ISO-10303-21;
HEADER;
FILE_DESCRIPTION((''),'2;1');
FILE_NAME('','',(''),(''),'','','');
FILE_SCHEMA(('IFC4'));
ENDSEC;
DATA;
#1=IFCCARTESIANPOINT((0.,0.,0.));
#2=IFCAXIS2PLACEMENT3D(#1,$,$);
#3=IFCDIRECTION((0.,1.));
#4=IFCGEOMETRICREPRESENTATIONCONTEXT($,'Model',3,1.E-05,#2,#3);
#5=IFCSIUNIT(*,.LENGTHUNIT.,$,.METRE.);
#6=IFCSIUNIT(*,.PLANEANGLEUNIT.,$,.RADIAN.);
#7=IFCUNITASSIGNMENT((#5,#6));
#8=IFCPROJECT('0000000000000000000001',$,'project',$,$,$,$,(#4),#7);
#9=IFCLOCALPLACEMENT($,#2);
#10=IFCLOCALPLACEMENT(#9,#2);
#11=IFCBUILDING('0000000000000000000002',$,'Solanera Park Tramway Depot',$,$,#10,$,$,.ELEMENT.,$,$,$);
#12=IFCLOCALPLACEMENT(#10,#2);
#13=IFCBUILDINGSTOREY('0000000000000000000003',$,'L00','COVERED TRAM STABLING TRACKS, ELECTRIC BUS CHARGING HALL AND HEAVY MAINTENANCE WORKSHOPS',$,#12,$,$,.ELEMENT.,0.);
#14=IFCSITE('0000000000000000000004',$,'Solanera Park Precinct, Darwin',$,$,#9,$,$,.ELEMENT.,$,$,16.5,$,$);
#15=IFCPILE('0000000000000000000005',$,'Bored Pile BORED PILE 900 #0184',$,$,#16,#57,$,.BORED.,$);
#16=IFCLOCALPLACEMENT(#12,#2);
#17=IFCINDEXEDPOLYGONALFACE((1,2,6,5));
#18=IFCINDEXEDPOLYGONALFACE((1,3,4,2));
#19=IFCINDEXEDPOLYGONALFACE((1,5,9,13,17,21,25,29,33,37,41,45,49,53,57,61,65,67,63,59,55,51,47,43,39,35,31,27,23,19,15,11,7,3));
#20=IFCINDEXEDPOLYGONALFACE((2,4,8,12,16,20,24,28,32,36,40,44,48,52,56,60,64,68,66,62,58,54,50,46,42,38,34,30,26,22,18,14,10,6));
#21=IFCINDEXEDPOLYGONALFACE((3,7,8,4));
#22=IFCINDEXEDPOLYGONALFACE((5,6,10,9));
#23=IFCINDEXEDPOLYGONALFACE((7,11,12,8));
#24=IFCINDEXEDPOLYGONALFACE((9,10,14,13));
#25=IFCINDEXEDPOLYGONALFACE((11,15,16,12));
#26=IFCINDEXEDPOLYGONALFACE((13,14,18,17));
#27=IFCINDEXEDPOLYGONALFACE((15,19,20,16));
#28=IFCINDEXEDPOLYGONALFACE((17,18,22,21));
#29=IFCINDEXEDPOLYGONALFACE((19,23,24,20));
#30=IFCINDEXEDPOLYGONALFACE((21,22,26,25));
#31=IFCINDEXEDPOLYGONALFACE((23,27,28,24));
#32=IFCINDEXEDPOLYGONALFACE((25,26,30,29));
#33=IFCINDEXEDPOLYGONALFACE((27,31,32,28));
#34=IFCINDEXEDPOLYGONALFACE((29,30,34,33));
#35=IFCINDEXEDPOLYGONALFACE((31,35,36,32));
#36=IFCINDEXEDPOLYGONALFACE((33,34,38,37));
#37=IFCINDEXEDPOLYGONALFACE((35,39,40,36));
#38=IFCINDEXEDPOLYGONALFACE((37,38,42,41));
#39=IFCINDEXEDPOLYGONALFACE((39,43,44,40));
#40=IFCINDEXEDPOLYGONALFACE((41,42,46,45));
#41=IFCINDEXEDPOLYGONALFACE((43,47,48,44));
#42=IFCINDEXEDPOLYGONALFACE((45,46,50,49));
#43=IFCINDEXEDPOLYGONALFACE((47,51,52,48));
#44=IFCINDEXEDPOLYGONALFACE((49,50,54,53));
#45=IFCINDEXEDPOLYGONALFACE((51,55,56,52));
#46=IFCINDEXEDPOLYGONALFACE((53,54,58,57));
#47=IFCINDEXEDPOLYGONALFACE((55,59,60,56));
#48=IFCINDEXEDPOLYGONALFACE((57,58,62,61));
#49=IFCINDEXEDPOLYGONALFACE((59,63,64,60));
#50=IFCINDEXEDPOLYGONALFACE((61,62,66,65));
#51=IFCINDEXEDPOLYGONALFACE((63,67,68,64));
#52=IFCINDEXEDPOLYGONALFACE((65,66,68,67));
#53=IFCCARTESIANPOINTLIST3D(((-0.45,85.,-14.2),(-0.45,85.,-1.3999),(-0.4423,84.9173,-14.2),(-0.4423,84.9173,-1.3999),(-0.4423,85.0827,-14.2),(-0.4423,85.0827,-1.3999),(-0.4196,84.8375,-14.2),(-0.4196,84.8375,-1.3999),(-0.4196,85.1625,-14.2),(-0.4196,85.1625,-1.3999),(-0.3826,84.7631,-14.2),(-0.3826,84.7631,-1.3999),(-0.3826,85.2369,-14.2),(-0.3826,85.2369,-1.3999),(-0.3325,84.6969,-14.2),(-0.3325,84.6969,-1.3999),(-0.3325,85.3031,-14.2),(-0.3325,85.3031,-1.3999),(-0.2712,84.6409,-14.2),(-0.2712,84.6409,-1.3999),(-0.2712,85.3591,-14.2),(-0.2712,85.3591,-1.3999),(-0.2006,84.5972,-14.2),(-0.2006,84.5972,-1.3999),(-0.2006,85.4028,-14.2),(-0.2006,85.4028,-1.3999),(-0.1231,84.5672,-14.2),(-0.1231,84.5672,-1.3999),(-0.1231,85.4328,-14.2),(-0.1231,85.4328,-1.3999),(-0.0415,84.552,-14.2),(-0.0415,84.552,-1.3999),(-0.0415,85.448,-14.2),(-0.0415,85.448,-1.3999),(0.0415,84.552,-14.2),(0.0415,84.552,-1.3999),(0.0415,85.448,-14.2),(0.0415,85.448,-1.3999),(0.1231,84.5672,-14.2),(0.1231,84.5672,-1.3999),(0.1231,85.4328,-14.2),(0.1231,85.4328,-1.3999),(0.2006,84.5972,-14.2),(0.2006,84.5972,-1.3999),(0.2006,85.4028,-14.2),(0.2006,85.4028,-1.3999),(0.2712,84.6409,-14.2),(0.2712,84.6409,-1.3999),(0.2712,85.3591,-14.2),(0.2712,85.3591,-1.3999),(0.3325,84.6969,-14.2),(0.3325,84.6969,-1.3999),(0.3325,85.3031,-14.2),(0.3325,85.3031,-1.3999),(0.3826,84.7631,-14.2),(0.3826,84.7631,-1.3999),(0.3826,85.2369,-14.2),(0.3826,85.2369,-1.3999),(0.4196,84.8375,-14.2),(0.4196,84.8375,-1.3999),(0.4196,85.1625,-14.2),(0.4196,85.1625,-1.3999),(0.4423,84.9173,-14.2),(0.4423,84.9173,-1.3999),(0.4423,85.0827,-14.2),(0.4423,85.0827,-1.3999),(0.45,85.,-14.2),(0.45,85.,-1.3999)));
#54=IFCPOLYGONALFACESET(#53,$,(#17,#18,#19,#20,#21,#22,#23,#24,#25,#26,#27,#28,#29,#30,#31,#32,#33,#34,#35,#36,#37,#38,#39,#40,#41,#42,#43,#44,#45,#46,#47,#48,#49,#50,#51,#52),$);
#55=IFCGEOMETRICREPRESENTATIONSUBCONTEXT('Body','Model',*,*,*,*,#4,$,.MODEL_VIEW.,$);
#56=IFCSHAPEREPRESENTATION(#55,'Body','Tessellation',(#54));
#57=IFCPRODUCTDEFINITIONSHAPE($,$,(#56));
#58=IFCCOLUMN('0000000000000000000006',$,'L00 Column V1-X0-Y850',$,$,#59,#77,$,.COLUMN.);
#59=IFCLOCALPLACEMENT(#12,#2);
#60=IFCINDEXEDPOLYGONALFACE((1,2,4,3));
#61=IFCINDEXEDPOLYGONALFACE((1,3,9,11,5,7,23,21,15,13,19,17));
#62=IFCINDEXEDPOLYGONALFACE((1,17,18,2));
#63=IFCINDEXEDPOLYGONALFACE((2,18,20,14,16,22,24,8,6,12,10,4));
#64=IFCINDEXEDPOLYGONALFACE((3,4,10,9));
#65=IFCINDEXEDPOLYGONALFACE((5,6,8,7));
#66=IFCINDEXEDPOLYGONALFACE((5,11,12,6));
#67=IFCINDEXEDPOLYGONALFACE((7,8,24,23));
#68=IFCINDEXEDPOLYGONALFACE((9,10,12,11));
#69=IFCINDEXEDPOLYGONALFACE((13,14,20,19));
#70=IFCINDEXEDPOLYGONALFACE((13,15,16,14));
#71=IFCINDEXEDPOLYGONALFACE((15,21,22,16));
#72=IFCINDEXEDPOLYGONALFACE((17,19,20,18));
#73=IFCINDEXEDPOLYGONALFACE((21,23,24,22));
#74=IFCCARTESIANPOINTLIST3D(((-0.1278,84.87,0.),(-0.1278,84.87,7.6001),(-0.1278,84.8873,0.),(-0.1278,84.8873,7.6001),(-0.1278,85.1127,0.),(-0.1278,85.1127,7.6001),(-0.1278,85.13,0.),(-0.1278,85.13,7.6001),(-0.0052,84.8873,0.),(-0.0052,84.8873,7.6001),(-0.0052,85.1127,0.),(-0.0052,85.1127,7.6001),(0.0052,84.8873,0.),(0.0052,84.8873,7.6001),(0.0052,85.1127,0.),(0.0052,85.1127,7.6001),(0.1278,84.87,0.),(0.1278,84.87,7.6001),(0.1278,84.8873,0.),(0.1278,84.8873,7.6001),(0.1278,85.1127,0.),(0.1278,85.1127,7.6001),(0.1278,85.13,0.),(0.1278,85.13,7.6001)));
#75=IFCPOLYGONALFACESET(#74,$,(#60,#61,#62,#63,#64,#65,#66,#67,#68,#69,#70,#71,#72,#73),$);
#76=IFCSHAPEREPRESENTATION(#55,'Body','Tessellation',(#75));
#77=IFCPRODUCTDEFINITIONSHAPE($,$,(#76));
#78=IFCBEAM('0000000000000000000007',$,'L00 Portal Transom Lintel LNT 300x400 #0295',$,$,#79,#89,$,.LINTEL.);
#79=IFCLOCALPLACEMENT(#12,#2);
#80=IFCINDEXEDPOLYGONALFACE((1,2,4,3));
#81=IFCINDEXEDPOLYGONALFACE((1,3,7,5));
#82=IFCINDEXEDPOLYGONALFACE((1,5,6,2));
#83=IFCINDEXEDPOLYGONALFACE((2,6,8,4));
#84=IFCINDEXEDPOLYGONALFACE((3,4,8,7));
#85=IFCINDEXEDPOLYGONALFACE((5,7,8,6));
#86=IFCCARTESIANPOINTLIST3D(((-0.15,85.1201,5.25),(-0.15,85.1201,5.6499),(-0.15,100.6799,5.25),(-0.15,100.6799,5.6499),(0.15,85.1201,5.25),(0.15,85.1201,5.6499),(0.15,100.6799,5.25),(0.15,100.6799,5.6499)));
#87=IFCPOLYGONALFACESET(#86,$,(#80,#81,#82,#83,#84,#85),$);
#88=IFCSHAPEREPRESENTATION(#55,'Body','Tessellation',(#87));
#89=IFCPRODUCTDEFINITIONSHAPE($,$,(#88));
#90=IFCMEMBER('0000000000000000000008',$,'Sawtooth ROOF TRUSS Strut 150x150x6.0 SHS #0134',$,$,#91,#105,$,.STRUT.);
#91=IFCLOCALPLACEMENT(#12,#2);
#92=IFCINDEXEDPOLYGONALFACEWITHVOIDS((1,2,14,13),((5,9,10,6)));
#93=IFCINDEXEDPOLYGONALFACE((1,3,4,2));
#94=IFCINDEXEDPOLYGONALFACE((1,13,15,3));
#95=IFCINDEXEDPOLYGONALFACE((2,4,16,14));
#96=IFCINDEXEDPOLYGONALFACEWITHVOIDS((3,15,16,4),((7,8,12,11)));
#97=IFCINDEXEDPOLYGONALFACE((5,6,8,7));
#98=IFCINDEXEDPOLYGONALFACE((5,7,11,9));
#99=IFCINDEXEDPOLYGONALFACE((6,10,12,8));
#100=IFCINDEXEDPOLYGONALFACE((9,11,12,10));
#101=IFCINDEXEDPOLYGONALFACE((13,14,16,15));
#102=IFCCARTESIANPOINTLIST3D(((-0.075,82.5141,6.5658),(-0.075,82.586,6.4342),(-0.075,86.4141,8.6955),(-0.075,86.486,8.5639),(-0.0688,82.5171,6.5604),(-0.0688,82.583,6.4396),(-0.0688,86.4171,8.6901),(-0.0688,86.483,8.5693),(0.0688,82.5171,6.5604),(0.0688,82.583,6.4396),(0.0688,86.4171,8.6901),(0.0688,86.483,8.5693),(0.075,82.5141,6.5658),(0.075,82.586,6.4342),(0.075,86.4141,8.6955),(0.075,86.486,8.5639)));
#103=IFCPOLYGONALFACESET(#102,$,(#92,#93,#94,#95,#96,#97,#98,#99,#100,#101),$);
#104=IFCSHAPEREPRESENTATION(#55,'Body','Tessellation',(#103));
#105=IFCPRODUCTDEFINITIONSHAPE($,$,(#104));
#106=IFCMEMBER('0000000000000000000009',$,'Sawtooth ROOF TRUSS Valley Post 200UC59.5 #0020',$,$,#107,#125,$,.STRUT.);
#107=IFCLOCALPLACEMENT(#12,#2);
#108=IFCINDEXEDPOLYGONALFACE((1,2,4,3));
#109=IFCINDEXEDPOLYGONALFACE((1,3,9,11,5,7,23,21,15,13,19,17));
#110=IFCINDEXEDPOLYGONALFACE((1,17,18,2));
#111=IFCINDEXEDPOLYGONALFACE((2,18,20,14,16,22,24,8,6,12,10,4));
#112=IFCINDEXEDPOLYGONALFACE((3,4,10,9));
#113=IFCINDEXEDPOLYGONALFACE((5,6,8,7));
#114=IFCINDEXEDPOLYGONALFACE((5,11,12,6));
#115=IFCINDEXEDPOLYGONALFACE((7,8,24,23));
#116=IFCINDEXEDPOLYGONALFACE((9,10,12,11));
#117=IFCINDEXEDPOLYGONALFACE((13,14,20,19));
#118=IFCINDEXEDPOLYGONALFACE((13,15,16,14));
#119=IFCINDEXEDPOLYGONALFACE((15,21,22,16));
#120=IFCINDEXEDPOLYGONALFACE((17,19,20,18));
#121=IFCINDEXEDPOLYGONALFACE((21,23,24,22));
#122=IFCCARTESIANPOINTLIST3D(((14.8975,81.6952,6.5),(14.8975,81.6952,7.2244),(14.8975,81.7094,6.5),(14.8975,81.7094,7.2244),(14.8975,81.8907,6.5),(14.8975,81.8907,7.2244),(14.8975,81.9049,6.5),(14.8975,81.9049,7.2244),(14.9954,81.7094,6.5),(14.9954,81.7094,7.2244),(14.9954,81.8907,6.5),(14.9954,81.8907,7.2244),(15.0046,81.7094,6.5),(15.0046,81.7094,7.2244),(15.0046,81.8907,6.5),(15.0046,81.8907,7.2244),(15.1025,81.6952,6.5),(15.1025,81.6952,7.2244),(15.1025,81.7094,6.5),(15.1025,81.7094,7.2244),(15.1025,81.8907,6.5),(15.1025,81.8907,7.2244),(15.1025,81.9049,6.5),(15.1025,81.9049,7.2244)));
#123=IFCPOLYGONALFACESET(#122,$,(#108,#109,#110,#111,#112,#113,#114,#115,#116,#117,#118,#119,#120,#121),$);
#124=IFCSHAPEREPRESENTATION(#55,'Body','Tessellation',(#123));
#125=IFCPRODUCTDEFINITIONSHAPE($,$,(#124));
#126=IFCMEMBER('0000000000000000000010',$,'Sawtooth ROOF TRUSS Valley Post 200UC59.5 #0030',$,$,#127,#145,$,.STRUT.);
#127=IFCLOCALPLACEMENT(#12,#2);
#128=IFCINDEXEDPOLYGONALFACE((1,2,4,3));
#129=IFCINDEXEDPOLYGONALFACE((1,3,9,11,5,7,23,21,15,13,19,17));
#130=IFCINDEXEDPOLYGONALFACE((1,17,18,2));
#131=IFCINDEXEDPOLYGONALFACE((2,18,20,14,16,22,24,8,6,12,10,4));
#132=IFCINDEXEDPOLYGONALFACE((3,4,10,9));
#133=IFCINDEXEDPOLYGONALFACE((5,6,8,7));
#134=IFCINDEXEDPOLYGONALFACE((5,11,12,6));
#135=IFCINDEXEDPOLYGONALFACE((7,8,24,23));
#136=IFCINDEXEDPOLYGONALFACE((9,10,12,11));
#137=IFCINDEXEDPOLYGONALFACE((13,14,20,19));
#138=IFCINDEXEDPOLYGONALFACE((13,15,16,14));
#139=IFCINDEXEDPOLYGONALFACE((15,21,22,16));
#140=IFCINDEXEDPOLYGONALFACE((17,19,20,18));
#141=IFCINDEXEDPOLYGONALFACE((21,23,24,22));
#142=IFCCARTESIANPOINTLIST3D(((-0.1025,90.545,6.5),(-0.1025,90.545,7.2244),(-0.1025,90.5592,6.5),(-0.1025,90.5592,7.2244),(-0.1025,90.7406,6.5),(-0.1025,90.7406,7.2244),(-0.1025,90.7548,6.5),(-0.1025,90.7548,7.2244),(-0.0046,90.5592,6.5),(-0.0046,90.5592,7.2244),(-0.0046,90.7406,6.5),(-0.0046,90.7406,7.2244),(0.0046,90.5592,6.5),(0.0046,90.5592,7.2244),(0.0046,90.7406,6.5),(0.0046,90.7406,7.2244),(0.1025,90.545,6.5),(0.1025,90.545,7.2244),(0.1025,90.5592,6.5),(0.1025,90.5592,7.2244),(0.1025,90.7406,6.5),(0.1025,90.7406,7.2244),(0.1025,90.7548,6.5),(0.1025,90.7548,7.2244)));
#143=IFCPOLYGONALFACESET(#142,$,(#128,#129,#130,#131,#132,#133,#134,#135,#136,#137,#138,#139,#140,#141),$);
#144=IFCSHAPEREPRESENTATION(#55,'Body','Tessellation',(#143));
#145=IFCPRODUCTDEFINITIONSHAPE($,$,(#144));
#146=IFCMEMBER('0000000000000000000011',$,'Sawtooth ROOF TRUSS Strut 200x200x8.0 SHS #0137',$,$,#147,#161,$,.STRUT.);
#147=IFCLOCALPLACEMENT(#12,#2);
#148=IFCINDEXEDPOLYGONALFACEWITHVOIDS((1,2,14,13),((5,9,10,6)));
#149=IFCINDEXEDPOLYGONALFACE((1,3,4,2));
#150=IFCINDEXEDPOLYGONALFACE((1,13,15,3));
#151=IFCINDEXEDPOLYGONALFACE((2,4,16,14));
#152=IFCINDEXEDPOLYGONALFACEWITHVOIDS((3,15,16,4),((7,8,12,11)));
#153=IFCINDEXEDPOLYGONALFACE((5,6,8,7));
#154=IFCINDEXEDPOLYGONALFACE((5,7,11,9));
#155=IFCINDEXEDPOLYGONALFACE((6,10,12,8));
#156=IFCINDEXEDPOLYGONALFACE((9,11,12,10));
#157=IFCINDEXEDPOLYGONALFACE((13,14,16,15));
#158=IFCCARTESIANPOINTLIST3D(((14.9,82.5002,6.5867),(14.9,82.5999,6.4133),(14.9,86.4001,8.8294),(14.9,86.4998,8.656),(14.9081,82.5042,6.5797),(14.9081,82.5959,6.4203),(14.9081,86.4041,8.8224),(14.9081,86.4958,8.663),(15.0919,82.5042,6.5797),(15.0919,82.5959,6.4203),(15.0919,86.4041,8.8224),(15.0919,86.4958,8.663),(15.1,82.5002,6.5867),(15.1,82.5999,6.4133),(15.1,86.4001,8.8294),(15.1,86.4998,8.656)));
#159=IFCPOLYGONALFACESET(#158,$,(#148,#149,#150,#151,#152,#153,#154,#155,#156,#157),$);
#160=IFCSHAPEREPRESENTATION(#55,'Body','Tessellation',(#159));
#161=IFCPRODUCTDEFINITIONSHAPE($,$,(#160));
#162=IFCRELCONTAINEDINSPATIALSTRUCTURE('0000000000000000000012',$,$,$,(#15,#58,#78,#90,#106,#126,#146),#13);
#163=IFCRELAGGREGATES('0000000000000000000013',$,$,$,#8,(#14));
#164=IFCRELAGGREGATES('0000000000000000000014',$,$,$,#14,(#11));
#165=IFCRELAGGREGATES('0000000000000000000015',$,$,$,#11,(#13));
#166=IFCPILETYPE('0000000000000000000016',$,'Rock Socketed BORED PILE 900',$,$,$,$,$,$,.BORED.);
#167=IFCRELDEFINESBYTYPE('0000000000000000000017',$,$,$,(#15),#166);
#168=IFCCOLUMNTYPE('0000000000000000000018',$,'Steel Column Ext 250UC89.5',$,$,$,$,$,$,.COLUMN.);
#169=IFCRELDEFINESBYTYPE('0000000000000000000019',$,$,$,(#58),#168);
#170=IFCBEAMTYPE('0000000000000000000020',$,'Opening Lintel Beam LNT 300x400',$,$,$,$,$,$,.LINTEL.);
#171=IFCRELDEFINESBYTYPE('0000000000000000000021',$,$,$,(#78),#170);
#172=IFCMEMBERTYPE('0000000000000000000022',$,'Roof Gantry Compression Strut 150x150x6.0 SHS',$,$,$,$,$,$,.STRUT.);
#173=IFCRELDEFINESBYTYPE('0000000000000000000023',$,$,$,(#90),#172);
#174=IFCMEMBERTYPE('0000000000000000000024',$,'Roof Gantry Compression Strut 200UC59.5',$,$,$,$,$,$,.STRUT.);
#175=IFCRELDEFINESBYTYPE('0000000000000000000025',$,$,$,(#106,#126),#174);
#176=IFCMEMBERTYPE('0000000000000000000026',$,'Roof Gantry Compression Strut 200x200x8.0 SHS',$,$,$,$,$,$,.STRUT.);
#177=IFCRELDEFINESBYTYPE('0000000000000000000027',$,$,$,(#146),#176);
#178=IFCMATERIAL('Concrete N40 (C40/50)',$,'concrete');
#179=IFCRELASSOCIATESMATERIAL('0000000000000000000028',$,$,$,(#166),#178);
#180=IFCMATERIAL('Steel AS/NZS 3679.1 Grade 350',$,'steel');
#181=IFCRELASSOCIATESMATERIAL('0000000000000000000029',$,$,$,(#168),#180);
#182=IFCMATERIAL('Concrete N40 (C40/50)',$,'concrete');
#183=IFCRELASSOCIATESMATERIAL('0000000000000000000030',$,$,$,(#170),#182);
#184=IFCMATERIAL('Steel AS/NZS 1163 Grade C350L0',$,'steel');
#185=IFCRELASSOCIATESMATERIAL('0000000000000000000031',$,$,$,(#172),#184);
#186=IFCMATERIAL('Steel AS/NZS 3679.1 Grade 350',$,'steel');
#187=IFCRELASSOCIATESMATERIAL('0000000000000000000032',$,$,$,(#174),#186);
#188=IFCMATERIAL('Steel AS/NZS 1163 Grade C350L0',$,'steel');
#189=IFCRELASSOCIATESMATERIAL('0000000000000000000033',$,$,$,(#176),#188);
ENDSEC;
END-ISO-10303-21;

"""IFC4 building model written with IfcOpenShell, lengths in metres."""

from ifc_helpers import new_model, si_unit, direction, frame, origin, origin_2d, place, context, subcontext, project, spatial, rectangle, hollow_rectangle, circle, i_section, extrude, material, material_profile, profile_set, type_object, element, save


model = new_model("IFC4")

# Units and contexts
model_context = context("Model", 3, precision=1e-05, world=origin(), true_north=direction((0.0, 1.0)))
body_context = subcontext(model_context, "Body", "Model", "MODEL_VIEW")
ifc_project = project(units=[si_unit("LENGTHUNIT", "METRE"), si_unit("PLANEANGLEUNIT", "RADIAN")], contexts=[model_context])

# Site, building, storey
site_placement = place(None, origin())
site = spatial("IfcSite", under=ifc_project, at=site_placement, Name="Solanera Park Precinct, Darwin", CompositionType="ELEMENT", RefElevation=16.5)
building_placement = place(site_placement, origin())
building = spatial("IfcBuilding", under=site, at=building_placement, Name="Solanera Park Tramway Depot", CompositionType="ELEMENT")
storey_placement = place(building_placement, origin())
storey = spatial("IfcBuildingStorey", under=building, at=storey_placement, Name="L00", Description="COVERED TRAM STABLING TRACKS, ELECTRIC BUS CHARGING HALL AND HEAVY MAINTENANCE WORKSHOPS", CompositionType="ELEMENT", Elevation=0.0)

# Pile
ifc_material_1 = material(Name="Concrete N40 (C40/50)", Category="concrete")
ifc_material_profile_1 = material_profile(ifc_material_1, circle(Radius=0.45, at=origin_2d()), Name="BORED PILE 900")
ifc_profile_set_1 = profile_set([ifc_material_profile_1], Name="Concrete N40 (C40/50)")
pile_type = type_object("IfcPileType", Name="Rock Socketed BORED PILE 900", PredefinedType="BORED", material=ifc_profile_set_1)
pile_placement = place(storey_placement, frame((0.0, 85.0, -1.3999), z_axis=(0.0, 0.0, -1.0), x_axis=(1.0, 0.0, 0.0)))
element("IfcPile", 1, at=pile_placement, inside=storey, type_object=pile_type, Name="Bored Pile BORED PILE 900 #0184", PredefinedType="BORED", context=body_context, shape_type="SweptSolid", body=[
    extrude(circle(Radius=0.45, at=origin_2d()), origin(), (0.0, 0.0, 1.0), 12.8),
])

# Column
ifc_material_2 = material(Name="Steel AS/NZS 3679.1 Grade 350", Category="steel")
ifc_material_profile_2 = material_profile(ifc_material_2, i_section(OverallWidth=0.2556, OverallDepth=0.26, WebThickness=0.0105, FlangeThickness=0.0173, at=origin_2d()), Name="250UC89.5")
ifc_profile_set_2 = profile_set([ifc_material_profile_2], Name="Steel AS/NZS 3679.1 Grade 350")
column_type = type_object("IfcColumnType", Name="Steel Column Ext 250UC89.5", PredefinedType="COLUMN", material=ifc_profile_set_2)
column_placement = place(storey_placement, frame((0.0, 85.0, 0.0), z_axis=(0.0, 0.0, 1.0), x_axis=(1.0, 0.0, 0.0)))
element("IfcColumn", 2, at=column_placement, inside=storey, type_object=column_type, Name="L00 Column V1-X0-Y850", PredefinedType="COLUMN", context=body_context, shape_type="SweptSolid", body=[
    extrude(i_section(OverallWidth=0.2556, OverallDepth=0.26, WebThickness=0.0105, FlangeThickness=0.0173, at=origin_2d()), origin(), (0.0, 0.0, 1.0), 7.6001),
])

# Beam
ifc_material_3 = material(Name="Concrete N40 (C40/50)", Category="concrete")
ifc_material_profile_3 = material_profile(ifc_material_3, rectangle(XDim=0.3, YDim=0.3999, at=origin_2d()), Name="LNT 300x400")
ifc_profile_set_3 = profile_set([ifc_material_profile_3], Name="Concrete N40 (C40/50)")
beam_type_1 = type_object("IfcBeamType", Name="Opening Lintel Beam LNT 300x400", PredefinedType="LINTEL", material=ifc_profile_set_3)
beam_1_placement = place(storey_placement, frame((0.0, 85.1201, 5.45), z_axis=(0.0, 1.0, 0.0), x_axis=(-1.0, 0.0, 0.0)))
element("IfcBeam", 3, at=beam_1_placement, inside=storey, type_object=beam_type_1, Name="L00 Portal Transom Lintel LNT 300x400 #0295", PredefinedType="LINTEL", context=body_context, shape_type="SweptSolid", body=[
    extrude(rectangle(XDim=0.3, YDim=0.3999, at=origin_2d()), origin(), (0.0, 0.0, 1.0), 15.5598),
])

# Members
ifc_material_4 = material(Name="Steel AS/NZS 1163 Grade C350L0", Category="steel")
ifc_material_profile_4 = material_profile(ifc_material_4, hollow_rectangle(XDim=0.1499, YDim=0.1499, WallThickness=0.0061, at=origin_2d()), Name="150x150x6.0 SHS")
ifc_profile_set_4 = profile_set([ifc_material_profile_4], Name="Steel AS/NZS 1163 Grade C350L0")
member_type_1 = type_object("IfcMemberType", Name="Roof Gantry Compression Strut 150x150x6.0 SHS", PredefinedType="STRUT", material=ifc_profile_set_4)
member_1_placement = place(storey_placement, frame((0.0, 82.55, 6.5), z_axis=(0.0, 0.877667, 0.479272), x_axis=(-1.0, 0.0, 0.0)))
element("IfcMember", 4, at=member_1_placement, inside=storey, type_object=member_type_1, Name="Sawtooth ROOF TRUSS Strut 150x150x6.0 SHS #0134", PredefinedType="STRUT", context=body_context, shape_type="SweptSolid", body=[
    extrude(hollow_rectangle(XDim=0.1499, YDim=0.1499, WallThickness=0.0061, at=origin_2d()), origin(), (0.0, 0.0, 1.0), 4.4436),
])
ifc_material_5 = material(Name="Steel AS/NZS 3679.1 Grade 350", Category="steel")
ifc_material_profile_5 = material_profile(ifc_material_5, i_section(OverallWidth=0.2051, OverallDepth=0.2097, WebThickness=0.0093, FlangeThickness=0.0142, at=origin_2d()), Name="200UC59.5")
ifc_profile_set_5 = profile_set([ifc_material_profile_5], Name="Steel AS/NZS 3679.1 Grade 350")
member_type_2 = type_object("IfcMemberType", Name="Roof Gantry Compression Strut 200UC59.5", PredefinedType="STRUT", material=ifc_profile_set_5)
for number, where, z_axis, x_axis, name in (
    (5, (15.0, 81.8, 6.5), (0.0, 0.0, 1.0), (1.0, 0.0, 0.0), "Sawtooth ROOF TRUSS Valley Post 200UC59.5 #0020"),
    (6, (0.0, 90.6499, 6.5), (0.0, 0.0, 1.0), (1.0, 0.0, 0.0), "Sawtooth ROOF TRUSS Valley Post 200UC59.5 #0030"),
):
    element("IfcMember", number, at=place(storey_placement, frame(where, z_axis=z_axis, x_axis=x_axis)), inside=storey, type_object=member_type_2, Name=name, PredefinedType="STRUT", context=body_context, shape_type="SweptSolid", body=[
        extrude(i_section(OverallWidth=0.2051, OverallDepth=0.2097, WebThickness=0.0093, FlangeThickness=0.0142, at=origin_2d()), origin(), (0.0, 0.0, 1.0), 0.7244),
    ])
ifc_material_6 = material(Name="Steel AS/NZS 1163 Grade C350L0", Category="steel")
ifc_material_profile_6 = material_profile(ifc_material_6, hollow_rectangle(XDim=0.2, YDim=0.2, WallThickness=0.0081, at=origin_2d()), Name="200x200x8.0 SHS")
ifc_profile_set_6 = profile_set([ifc_material_profile_6], Name="Steel AS/NZS 1163 Grade C350L0")
member_type_3 = type_object("IfcMemberType", Name="Roof Gantry Compression Strut 200x200x8.0 SHS", PredefinedType="STRUT", material=ifc_profile_set_6)
member_2_placement = place(storey_placement, frame((15.0, 82.55, 6.5), z_axis=(0.0, 0.866884, 0.49851), x_axis=(-1.0, 0.0, 0.0)))
element("IfcMember", 7, at=member_2_placement, inside=storey, type_object=member_type_3, Name="Sawtooth ROOF TRUSS Strut 200x200x8.0 SHS #0137", PredefinedType="STRUT", context=body_context, shape_type="SweptSolid", body=[
    extrude(hollow_rectangle(XDim=0.2, YDim=0.2, WallThickness=0.0081, at=origin_2d()), origin(), (0.0, 0.0, 1.0), 4.4988),
])

save(model, "model.ifc")
